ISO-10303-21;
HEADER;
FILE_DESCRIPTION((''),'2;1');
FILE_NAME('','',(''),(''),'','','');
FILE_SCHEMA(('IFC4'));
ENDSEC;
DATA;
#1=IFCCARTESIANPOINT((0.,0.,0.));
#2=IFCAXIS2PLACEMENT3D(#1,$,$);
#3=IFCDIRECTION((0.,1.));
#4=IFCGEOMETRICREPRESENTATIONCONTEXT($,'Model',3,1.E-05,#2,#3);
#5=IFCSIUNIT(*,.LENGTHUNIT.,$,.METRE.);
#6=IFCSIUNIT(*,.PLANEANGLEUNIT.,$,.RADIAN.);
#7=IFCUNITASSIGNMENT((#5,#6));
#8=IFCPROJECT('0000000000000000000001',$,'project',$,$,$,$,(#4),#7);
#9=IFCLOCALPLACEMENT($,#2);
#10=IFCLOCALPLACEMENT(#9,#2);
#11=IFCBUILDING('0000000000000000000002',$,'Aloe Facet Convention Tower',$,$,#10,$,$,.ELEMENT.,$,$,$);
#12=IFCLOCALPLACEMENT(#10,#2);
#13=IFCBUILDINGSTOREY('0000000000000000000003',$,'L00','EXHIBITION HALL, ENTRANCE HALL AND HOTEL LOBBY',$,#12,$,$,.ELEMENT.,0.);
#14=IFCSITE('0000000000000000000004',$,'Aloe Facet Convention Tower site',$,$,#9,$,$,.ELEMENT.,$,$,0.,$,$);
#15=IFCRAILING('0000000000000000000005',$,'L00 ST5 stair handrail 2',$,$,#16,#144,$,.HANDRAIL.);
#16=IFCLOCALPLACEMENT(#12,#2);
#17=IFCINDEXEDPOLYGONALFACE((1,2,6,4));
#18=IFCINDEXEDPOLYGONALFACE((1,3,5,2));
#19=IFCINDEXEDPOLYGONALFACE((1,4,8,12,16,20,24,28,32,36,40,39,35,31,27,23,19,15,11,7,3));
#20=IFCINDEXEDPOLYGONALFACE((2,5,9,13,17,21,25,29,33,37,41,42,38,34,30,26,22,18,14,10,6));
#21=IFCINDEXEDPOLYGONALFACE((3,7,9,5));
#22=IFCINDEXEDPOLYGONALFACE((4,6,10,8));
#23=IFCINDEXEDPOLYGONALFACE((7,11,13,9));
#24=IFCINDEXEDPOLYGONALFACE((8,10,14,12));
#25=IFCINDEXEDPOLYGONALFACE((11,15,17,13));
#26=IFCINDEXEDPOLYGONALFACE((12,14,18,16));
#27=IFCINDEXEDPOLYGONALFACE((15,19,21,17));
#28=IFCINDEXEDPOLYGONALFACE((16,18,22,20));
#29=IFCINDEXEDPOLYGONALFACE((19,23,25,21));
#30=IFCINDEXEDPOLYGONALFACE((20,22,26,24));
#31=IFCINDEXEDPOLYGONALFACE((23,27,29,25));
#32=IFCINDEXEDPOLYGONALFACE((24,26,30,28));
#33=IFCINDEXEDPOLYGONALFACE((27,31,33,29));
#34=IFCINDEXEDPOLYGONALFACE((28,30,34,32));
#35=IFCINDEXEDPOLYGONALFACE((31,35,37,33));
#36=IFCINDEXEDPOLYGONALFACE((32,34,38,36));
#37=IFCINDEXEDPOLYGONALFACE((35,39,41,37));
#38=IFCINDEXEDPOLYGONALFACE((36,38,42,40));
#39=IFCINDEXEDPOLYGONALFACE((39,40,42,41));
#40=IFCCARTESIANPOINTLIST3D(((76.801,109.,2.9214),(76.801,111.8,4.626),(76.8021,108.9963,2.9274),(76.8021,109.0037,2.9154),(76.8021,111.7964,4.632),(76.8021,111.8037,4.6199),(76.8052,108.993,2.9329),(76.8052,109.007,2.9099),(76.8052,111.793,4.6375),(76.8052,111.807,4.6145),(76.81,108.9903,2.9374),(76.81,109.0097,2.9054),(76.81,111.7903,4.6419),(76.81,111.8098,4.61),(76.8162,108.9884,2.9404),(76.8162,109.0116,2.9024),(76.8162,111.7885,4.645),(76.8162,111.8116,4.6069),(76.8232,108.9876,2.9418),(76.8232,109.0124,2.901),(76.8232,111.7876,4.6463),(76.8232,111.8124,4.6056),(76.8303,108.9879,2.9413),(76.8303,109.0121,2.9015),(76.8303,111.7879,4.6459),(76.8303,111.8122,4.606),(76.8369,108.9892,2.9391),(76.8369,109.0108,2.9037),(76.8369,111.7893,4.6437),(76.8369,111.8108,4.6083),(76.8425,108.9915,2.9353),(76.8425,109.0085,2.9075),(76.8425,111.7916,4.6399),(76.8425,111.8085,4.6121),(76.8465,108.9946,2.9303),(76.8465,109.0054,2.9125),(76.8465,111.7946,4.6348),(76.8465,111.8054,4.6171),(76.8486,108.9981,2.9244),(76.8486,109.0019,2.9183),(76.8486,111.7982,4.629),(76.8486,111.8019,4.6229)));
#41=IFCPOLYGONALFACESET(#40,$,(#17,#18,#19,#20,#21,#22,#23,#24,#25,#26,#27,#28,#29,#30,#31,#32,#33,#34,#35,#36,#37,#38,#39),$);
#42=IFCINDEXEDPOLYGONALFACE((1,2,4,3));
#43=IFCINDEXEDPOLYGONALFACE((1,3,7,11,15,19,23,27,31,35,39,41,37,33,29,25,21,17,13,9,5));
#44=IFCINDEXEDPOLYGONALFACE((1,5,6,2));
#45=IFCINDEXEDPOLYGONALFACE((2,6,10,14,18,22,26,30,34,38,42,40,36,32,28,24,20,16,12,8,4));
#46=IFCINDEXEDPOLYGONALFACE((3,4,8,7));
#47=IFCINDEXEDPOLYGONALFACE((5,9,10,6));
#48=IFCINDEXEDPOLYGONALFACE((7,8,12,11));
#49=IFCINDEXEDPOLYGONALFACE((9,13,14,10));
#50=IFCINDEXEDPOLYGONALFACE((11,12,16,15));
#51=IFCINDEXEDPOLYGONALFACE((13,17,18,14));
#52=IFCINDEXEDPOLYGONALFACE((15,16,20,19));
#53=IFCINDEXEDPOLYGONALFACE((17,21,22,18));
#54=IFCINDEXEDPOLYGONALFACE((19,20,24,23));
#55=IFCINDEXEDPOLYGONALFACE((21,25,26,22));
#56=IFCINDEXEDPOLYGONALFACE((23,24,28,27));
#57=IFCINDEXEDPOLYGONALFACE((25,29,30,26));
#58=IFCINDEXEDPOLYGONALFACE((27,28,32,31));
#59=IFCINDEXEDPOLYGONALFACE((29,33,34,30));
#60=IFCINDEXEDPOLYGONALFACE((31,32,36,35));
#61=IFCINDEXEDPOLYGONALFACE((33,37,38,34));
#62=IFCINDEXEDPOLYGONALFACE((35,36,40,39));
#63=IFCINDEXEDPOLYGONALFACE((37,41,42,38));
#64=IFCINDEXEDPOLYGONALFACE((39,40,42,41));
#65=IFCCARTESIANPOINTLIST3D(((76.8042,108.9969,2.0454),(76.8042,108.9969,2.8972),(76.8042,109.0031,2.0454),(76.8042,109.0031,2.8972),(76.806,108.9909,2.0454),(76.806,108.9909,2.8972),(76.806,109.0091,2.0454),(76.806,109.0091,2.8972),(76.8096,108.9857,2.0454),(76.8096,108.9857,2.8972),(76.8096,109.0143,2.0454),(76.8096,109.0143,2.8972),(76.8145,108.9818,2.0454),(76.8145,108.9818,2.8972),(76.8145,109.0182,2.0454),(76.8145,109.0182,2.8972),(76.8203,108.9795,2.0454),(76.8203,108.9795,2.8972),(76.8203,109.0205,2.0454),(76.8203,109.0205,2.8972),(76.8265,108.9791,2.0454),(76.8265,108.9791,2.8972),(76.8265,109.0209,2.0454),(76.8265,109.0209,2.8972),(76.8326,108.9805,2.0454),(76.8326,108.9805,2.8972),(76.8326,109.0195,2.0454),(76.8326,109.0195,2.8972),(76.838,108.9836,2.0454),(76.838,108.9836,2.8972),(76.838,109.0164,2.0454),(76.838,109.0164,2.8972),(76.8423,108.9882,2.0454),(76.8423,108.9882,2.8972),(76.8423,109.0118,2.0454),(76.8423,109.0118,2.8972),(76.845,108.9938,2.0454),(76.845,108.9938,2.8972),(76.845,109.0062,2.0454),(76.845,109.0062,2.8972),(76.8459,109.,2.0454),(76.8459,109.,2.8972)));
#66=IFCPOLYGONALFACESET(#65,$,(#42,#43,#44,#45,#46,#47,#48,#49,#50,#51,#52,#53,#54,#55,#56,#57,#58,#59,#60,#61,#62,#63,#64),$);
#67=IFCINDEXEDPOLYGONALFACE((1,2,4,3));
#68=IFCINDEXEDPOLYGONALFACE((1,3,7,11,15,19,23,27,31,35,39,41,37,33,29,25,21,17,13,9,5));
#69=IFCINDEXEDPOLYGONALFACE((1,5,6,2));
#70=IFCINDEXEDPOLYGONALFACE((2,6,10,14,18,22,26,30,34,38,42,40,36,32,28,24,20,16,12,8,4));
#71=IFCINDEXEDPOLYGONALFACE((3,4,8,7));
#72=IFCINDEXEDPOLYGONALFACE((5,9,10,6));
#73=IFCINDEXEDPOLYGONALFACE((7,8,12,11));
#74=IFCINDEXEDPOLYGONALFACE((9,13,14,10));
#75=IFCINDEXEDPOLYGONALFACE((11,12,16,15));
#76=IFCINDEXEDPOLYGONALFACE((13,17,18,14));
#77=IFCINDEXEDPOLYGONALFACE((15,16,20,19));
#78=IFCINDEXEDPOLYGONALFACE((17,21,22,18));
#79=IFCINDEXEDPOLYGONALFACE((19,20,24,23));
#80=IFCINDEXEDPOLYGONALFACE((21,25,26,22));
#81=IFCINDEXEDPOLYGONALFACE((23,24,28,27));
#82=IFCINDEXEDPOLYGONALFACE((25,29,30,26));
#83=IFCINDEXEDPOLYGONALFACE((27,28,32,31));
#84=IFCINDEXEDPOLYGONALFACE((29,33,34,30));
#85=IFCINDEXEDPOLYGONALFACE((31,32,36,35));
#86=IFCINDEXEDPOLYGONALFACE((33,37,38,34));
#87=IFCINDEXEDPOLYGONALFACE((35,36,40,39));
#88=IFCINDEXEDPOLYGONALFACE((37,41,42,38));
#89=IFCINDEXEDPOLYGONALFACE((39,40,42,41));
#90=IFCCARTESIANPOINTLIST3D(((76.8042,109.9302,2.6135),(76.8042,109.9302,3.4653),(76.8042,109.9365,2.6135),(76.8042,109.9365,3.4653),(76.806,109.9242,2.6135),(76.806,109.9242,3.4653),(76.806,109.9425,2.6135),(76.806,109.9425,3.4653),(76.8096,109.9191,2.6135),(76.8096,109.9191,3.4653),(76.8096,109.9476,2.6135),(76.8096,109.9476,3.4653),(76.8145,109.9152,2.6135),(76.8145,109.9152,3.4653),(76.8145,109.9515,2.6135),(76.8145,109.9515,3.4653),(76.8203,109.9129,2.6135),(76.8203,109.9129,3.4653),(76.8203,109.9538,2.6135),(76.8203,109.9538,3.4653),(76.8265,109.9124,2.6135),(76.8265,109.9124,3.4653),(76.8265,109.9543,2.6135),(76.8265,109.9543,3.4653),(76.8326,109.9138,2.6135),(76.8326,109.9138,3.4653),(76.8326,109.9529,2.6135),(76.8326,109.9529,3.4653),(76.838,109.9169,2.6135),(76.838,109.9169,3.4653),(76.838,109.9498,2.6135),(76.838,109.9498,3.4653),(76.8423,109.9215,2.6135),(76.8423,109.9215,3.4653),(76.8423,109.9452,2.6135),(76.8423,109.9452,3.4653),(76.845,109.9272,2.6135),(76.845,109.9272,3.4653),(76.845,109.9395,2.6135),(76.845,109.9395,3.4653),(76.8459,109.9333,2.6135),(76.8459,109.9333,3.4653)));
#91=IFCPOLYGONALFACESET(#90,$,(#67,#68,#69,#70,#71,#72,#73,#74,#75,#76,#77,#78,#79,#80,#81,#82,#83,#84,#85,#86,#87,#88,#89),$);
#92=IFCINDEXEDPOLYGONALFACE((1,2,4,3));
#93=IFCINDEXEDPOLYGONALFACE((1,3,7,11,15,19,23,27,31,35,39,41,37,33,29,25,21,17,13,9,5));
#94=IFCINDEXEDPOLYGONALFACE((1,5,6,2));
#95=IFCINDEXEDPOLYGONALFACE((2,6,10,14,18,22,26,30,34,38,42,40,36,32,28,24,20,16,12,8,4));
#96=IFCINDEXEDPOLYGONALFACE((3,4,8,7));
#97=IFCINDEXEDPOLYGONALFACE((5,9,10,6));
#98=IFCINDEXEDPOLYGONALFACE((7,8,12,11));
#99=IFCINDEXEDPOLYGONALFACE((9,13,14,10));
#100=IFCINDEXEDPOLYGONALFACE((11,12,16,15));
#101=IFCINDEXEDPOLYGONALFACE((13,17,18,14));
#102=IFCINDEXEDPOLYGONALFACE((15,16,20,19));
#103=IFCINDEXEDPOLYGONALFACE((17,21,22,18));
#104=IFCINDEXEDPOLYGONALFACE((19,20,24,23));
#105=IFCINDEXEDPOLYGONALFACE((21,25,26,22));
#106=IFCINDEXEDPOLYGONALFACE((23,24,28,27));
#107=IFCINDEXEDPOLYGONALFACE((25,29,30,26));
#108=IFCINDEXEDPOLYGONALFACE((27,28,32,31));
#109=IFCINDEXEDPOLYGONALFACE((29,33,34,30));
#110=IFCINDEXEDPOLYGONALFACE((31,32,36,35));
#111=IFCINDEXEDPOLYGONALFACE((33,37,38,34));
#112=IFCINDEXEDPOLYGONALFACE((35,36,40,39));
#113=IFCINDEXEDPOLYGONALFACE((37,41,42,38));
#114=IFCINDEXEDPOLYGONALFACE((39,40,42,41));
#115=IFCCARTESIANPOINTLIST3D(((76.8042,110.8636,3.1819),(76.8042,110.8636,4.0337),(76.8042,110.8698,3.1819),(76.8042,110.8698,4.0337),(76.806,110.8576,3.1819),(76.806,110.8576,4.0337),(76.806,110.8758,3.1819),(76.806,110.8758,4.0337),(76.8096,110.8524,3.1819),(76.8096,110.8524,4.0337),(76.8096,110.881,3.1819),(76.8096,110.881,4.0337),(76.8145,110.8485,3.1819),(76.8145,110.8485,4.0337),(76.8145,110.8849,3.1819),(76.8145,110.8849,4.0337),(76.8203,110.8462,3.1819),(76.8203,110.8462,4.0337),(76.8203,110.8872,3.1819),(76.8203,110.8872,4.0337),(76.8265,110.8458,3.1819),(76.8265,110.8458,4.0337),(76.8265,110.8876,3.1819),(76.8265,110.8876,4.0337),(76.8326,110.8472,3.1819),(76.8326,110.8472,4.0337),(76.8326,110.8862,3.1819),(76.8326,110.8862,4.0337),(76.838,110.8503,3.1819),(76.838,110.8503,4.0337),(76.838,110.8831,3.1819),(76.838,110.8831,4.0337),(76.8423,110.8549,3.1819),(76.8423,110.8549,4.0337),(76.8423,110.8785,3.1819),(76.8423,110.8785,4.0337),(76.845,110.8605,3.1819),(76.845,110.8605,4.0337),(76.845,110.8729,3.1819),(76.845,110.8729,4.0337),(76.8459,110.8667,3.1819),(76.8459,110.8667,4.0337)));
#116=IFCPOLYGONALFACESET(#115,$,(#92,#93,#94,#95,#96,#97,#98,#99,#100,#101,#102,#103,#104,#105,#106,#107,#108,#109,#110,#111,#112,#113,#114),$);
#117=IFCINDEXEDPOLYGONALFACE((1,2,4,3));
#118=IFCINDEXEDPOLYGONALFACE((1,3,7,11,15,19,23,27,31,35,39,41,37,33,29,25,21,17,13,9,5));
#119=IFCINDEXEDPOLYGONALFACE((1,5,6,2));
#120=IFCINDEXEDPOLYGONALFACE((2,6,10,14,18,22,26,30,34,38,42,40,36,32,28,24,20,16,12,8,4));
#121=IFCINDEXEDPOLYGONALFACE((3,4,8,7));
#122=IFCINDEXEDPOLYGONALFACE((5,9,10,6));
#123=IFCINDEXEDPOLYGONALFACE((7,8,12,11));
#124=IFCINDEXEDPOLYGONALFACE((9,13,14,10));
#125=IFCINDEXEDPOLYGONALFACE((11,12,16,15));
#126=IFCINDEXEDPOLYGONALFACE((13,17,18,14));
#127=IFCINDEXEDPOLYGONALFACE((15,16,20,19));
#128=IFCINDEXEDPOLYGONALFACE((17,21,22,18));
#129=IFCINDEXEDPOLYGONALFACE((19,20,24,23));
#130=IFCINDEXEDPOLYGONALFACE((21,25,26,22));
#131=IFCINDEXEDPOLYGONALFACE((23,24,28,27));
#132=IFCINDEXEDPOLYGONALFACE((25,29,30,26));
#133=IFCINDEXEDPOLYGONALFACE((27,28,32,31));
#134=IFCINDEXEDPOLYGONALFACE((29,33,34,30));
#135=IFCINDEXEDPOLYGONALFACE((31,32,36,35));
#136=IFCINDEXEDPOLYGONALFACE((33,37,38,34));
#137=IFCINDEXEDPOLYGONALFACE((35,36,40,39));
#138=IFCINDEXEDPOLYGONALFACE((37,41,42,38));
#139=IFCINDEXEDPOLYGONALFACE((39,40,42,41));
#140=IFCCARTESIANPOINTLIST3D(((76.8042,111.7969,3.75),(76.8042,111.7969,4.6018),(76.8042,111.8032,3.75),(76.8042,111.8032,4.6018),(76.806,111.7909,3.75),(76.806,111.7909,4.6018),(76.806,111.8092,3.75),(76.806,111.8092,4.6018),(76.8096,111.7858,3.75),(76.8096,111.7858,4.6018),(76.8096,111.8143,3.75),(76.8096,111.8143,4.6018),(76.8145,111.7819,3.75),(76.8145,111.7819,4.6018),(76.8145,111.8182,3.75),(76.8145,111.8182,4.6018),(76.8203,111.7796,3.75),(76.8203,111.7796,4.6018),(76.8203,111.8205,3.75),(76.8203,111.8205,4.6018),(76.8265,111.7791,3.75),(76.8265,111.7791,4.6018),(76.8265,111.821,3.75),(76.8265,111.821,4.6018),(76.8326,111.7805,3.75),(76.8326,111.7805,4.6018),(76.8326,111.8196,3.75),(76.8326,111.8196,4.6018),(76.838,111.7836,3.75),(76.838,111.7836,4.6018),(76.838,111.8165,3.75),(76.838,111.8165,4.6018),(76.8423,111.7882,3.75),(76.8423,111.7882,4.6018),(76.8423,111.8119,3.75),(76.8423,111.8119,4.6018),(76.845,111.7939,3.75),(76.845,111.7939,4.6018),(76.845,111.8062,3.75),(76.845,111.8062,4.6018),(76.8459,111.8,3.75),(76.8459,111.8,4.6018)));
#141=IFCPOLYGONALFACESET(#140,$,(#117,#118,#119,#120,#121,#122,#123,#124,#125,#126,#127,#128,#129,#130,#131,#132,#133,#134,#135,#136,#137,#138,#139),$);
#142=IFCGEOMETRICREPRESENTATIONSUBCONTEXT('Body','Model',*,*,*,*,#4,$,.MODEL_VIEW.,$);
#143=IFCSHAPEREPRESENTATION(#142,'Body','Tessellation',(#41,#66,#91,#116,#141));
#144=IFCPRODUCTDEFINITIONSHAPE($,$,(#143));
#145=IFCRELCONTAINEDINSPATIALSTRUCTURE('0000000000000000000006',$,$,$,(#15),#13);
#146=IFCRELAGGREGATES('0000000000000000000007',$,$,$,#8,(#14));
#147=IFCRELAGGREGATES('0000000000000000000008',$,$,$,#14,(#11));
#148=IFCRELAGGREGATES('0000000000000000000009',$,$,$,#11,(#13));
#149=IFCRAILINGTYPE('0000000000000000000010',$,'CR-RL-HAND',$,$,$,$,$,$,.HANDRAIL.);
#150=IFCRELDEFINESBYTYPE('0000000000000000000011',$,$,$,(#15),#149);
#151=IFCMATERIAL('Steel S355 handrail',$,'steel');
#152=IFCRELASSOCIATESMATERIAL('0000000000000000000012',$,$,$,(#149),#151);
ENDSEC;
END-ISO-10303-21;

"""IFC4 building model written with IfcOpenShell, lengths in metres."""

from ifc_helpers import new_model, si_unit, direction, frame, origin, origin_2d, place, context, subcontext, project, spatial, circle, extrude, material, type_object, element, save


model = new_model("IFC4")

# Units and contexts
model_context = context("Model", 3, precision=1e-05, world=origin(), true_north=direction((0.0, 1.0)))
body_context = subcontext(model_context, "Body", "Model", "MODEL_VIEW")
ifc_project = project(units=[si_unit("LENGTHUNIT", "METRE"), si_unit("PLANEANGLEUNIT", "RADIAN")], contexts=[model_context])

# Site, building, storey
site_placement = place(None, origin())
site = spatial("IfcSite", under=ifc_project, at=site_placement, Name="Aloe Facet Convention Tower site", CompositionType="ELEMENT", RefElevation=0.0)
building_placement = place(site_placement, origin())
building = spatial("IfcBuilding", under=site, at=building_placement, Name="Aloe Facet Convention Tower", CompositionType="ELEMENT")
storey_placement = place(building_placement, origin())
storey = spatial("IfcBuildingStorey", under=building, at=storey_placement, Name="L00", Description="EXHIBITION HALL, ENTRANCE HALL AND HOTEL LOBBY", CompositionType="ELEMENT", Elevation=0.0)

# Railing
ifc_material_1 = material(Name="Steel S355 handrail", Category="steel")
railing_type_1 = type_object("IfcRailingType", Name="CR-RL-HAND", PredefinedType="HANDRAIL", material=ifc_material_1)
railing_1_placement = place(storey_placement, frame((76.825, 109.0, 2.0454)))
element("IfcRailing", 1, at=railing_1_placement, inside=storey, type_object=railing_type_1, Name="L00 ST5 stair handrail 2", PredefinedType="HANDRAIL", context=body_context, shape_type="SweptSolid", body=[
    extrude(circle(Radius=0.0239, at=origin_2d()), frame((0.0, 0.0, 0.876), z_axis=(0.0, 0.85417, 0.519994), x_axis=(-1.0, 0.0, 0.0)), (0.0, 0.0, 1.0), 3.2781),
    extrude(circle(Radius=0.021, at=origin_2d()), origin(), (0.0, 0.0, 1.0), 0.8518),
    extrude(circle(Radius=0.021, at=origin_2d()), frame((0.0, 0.9333, 0.5681)), (0.0, 0.0, 1.0), 0.8518),
    extrude(circle(Radius=0.021, at=origin_2d()), frame((0.0, 1.8667, 1.1365)), (0.0, 0.0, 1.0), 0.8518),
    extrude(circle(Radius=0.021, at=origin_2d()), frame((0.0, 2.8, 1.7046)), (0.0, 0.0, 1.0), 0.8518),
])

save(model, "model.ifc")
